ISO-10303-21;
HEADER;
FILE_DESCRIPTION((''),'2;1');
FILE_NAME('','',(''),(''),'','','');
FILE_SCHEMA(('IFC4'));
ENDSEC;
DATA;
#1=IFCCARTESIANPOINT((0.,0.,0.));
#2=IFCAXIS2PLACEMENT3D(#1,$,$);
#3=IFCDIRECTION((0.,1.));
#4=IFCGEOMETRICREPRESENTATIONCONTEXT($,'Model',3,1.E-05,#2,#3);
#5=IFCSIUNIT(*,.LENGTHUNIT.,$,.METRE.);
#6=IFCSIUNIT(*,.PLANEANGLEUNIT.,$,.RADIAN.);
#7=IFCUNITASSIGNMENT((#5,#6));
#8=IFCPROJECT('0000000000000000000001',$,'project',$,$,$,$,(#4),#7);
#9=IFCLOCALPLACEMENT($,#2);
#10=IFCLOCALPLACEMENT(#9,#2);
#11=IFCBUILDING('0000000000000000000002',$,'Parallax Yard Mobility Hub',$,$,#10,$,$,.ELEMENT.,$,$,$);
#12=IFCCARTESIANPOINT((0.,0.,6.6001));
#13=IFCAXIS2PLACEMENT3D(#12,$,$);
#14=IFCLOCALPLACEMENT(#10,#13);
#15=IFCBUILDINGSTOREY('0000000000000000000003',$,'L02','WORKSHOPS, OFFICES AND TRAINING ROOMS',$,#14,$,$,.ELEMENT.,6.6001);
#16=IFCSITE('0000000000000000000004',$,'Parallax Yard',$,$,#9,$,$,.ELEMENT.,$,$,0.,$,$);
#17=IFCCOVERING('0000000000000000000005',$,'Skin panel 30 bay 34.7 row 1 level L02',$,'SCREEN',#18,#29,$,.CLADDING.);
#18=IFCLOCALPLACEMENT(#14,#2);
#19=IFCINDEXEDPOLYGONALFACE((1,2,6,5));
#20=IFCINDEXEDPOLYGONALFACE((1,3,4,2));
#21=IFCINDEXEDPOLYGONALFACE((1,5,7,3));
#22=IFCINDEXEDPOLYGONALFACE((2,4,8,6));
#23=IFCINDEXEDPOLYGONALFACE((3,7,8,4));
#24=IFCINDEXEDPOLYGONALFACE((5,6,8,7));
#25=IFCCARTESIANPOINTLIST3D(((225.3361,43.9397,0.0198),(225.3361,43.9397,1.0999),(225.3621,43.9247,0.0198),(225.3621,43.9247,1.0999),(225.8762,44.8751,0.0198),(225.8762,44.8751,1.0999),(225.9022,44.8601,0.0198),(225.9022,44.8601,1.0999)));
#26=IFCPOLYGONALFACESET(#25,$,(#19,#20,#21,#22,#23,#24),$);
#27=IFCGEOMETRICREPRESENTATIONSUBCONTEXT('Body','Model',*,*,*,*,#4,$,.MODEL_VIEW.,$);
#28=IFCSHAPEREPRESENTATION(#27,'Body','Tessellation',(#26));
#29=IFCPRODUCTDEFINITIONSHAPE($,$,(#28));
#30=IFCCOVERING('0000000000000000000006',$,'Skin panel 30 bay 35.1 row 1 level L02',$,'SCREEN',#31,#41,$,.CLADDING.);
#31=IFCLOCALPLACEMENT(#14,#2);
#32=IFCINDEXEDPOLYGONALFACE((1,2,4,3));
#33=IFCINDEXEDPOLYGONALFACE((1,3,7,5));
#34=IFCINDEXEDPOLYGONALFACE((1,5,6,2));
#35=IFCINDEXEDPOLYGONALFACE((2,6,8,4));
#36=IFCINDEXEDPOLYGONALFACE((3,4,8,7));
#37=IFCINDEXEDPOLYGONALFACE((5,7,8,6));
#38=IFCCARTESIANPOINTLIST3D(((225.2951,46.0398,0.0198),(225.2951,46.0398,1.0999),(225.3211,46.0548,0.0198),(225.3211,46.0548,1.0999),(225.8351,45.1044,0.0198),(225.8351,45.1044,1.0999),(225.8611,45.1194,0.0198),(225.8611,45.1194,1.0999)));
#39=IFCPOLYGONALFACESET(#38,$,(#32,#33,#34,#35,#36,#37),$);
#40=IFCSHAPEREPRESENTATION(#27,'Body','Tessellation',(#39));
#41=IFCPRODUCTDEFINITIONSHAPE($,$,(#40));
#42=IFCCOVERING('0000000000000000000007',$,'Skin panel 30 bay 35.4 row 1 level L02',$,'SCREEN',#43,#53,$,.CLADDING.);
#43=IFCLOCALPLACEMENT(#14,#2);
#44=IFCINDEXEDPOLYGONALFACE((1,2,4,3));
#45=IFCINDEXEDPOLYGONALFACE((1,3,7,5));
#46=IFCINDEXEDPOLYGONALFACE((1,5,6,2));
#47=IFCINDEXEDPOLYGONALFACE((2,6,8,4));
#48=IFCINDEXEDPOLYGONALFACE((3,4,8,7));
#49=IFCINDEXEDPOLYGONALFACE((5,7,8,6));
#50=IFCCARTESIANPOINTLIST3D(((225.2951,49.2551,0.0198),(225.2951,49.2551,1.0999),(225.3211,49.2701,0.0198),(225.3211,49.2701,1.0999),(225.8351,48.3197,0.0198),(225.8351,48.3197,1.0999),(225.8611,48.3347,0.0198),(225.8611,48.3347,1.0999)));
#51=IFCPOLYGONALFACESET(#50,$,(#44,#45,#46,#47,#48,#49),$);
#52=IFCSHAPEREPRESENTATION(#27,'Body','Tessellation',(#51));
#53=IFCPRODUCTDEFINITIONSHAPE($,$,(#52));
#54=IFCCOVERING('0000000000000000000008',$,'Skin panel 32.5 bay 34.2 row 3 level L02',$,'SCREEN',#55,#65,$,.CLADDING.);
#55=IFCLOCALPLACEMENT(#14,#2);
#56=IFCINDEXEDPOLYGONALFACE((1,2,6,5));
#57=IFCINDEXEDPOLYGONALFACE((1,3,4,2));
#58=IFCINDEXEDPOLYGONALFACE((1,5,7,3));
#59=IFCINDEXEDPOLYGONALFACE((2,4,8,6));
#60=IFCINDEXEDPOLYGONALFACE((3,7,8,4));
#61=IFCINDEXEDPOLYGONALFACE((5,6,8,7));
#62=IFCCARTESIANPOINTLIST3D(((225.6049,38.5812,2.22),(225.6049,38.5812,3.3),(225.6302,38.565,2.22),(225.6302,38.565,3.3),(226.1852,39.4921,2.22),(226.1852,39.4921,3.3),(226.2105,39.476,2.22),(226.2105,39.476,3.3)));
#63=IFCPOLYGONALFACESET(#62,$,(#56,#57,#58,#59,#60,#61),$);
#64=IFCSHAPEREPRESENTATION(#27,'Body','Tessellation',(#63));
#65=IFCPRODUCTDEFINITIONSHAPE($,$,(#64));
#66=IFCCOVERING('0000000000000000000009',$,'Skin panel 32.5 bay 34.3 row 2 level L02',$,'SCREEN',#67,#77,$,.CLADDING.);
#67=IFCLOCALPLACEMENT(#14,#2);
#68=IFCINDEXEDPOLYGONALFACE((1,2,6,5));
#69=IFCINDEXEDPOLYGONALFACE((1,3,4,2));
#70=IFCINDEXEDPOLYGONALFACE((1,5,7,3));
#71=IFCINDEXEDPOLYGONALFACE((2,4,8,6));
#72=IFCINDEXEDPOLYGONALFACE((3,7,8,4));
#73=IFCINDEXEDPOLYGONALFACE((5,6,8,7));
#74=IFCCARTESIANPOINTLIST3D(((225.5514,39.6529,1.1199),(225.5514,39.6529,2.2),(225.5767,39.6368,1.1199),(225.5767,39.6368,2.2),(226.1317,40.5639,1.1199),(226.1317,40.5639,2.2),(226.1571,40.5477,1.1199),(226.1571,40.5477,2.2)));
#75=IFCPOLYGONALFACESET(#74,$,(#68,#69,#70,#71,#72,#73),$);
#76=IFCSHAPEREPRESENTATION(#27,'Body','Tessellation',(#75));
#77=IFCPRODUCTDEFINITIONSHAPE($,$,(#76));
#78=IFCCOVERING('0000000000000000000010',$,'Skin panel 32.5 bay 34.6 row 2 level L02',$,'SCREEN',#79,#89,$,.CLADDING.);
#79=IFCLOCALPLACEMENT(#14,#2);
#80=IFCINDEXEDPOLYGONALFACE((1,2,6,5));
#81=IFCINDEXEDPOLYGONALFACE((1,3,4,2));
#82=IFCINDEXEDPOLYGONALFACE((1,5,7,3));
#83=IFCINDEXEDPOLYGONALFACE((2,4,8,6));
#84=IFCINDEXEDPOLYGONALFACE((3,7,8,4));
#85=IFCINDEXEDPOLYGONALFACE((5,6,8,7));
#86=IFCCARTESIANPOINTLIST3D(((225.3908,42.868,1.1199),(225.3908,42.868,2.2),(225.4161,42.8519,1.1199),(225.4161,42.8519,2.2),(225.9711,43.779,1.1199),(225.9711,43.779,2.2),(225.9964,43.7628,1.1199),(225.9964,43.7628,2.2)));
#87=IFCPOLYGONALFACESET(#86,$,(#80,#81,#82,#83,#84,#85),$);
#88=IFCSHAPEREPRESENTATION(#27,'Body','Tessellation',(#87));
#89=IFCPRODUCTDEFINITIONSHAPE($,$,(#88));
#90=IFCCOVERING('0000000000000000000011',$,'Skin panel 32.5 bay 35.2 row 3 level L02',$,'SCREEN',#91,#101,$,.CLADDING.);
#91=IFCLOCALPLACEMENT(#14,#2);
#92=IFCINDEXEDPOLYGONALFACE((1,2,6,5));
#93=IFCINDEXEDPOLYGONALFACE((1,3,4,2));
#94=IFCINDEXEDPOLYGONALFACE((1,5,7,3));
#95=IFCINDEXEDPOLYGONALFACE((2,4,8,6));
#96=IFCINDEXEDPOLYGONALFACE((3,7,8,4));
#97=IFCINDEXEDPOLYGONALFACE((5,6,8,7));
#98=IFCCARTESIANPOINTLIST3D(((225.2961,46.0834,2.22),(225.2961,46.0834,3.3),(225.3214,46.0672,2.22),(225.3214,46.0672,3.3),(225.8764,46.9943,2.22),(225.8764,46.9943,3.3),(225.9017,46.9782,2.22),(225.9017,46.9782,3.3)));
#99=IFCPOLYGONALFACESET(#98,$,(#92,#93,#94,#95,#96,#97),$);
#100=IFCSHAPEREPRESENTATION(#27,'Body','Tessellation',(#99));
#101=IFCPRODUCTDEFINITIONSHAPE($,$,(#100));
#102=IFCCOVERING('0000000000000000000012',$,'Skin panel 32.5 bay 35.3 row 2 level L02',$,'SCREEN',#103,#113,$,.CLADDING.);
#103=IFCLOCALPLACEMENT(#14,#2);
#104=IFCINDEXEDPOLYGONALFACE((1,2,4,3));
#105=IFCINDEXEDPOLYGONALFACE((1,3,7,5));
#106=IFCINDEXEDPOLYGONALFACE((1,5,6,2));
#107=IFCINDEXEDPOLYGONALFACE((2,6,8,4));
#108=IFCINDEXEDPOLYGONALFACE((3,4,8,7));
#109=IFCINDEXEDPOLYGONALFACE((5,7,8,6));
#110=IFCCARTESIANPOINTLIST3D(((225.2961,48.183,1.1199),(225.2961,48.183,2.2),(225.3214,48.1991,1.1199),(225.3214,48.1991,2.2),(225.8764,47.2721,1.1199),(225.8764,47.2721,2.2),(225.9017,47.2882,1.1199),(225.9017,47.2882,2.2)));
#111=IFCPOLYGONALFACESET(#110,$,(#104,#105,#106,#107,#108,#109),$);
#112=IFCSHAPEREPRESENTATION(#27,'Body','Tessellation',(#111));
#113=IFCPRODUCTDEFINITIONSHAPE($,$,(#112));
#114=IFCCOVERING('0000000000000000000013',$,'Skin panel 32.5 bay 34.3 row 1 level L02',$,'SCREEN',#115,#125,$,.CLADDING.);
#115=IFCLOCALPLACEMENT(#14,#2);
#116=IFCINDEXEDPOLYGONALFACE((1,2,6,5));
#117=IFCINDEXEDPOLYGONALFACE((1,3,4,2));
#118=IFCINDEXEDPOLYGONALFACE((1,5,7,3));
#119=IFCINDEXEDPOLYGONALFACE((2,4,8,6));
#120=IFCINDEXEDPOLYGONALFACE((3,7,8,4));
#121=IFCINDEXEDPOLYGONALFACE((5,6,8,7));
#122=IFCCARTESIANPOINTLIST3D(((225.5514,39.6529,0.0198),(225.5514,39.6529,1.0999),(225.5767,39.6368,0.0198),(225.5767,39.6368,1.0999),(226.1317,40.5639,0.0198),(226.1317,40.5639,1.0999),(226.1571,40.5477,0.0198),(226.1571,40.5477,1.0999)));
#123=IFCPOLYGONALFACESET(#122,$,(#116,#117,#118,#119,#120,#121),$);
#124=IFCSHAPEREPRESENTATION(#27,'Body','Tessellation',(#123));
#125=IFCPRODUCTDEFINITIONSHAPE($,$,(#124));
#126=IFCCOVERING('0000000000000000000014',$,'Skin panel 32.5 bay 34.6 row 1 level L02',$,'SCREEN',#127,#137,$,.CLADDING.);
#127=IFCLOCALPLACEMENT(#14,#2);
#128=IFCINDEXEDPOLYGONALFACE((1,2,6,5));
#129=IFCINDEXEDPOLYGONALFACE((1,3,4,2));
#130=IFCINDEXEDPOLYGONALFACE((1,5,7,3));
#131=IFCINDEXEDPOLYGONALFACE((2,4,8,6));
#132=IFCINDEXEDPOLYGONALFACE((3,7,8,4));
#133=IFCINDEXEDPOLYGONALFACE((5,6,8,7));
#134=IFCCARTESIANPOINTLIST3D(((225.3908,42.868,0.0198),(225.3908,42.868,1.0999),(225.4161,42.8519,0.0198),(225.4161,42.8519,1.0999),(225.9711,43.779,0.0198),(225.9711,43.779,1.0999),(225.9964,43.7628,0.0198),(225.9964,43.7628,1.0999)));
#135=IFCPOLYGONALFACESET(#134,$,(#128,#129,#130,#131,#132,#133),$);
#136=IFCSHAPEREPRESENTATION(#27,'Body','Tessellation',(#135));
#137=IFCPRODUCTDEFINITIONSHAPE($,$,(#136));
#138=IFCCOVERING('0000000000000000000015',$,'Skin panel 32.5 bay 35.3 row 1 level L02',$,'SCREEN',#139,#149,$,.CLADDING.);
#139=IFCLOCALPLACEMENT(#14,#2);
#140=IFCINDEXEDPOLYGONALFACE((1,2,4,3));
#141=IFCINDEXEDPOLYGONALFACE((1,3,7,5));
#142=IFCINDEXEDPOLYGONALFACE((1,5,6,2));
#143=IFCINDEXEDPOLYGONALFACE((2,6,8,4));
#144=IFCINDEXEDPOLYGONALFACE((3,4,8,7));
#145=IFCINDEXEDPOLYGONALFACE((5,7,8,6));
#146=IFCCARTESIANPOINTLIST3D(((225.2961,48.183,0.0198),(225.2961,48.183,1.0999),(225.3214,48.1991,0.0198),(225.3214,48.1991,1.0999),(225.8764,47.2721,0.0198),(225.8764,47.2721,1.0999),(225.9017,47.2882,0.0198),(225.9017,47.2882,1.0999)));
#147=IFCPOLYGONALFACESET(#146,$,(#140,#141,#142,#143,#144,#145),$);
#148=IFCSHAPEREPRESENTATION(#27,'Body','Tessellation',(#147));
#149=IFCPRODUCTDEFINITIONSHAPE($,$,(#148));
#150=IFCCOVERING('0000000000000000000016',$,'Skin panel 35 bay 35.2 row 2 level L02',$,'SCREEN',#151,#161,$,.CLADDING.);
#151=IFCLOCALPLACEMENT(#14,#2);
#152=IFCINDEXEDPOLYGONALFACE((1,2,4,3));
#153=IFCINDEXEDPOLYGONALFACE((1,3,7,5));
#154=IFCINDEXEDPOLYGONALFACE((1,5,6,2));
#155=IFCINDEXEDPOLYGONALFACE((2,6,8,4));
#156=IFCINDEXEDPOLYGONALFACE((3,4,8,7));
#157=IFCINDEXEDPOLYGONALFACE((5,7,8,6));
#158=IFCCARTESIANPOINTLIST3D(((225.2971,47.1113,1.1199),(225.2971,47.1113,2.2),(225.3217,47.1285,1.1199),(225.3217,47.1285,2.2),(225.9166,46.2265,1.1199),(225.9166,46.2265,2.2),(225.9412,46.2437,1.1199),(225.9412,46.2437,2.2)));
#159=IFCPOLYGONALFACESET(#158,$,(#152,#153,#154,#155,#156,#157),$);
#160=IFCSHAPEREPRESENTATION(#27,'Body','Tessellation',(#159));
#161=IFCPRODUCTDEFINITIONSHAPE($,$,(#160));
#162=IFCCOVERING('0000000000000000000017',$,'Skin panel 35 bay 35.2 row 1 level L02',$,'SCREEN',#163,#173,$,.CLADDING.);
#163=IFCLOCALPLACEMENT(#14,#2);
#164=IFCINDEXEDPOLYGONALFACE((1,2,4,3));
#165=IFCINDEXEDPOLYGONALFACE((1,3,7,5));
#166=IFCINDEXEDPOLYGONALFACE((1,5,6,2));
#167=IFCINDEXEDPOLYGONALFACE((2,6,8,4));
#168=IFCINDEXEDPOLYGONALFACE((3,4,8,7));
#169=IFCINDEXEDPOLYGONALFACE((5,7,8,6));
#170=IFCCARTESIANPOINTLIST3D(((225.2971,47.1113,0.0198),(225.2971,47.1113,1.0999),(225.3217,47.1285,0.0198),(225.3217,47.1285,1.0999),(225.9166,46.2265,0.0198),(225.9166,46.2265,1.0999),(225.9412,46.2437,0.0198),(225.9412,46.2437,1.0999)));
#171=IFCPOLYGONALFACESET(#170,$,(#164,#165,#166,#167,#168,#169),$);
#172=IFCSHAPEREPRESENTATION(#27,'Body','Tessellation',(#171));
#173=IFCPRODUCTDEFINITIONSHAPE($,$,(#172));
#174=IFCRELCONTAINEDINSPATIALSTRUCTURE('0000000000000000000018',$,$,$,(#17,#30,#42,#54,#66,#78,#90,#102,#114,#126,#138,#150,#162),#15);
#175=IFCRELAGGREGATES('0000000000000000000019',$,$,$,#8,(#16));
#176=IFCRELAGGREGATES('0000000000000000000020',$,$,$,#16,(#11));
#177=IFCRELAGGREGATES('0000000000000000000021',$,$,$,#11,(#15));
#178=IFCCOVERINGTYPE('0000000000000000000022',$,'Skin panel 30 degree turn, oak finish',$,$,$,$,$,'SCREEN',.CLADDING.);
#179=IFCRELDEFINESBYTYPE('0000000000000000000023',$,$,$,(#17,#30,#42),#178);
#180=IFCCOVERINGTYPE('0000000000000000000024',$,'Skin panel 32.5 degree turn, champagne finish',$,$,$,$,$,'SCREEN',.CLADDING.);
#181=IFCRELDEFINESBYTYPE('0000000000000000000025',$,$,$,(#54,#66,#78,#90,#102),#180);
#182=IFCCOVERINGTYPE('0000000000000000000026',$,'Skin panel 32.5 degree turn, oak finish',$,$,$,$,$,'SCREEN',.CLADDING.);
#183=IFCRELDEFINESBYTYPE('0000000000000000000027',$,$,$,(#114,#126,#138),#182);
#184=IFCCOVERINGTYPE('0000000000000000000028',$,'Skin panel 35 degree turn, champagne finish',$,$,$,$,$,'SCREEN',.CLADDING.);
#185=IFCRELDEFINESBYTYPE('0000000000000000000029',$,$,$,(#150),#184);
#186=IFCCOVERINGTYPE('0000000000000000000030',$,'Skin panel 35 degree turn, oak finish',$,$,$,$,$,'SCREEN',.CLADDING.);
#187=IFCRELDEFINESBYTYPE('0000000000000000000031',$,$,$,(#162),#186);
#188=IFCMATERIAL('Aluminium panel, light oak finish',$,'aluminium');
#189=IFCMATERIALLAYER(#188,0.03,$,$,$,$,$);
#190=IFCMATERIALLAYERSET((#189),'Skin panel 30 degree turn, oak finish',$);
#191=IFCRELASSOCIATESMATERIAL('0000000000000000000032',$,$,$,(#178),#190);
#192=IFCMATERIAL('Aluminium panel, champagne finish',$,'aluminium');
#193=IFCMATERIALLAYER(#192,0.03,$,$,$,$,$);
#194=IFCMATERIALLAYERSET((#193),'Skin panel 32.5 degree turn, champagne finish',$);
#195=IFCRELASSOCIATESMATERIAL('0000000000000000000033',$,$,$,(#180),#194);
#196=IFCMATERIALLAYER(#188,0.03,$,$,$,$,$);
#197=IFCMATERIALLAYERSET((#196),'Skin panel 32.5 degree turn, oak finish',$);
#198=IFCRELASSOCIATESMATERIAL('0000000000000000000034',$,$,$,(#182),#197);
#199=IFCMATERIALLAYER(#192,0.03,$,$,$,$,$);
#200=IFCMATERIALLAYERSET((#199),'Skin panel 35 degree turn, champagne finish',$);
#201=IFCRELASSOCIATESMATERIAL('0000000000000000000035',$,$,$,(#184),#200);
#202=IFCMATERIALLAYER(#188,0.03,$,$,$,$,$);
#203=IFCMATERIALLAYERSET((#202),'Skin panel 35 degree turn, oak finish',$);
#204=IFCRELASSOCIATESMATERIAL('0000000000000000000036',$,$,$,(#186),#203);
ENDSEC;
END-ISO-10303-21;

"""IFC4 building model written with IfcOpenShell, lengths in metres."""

from ifc_helpers import new_model, si_unit, direction, frame, origin, origin_2d, place, context, subcontext, project, spatial, rectangle, extrude, material, layer, layer_set, type_object, element, save


model = new_model("IFC4")

# Units and contexts
model_context = context("Model", 3, precision=1e-05, world=origin(), true_north=direction((0.0, 1.0)))
body_context = subcontext(model_context, "Body", "Model", "MODEL_VIEW")
ifc_project = project(units=[si_unit("LENGTHUNIT", "METRE"), si_unit("PLANEANGLEUNIT", "RADIAN")], contexts=[model_context])

# Site, building, storey
site_placement = place(None, origin())
site = spatial("IfcSite", under=ifc_project, at=site_placement, Name="Parallax Yard", CompositionType="ELEMENT", RefElevation=0.0)
building_placement = place(site_placement, origin())
building = spatial("IfcBuilding", under=site, at=building_placement, Name="Parallax Yard Mobility Hub", CompositionType="ELEMENT")
storey_placement = place(building_placement, frame((0.0, 0.0, 6.6001)))
storey = spatial("IfcBuildingStorey", under=building, at=storey_placement, Name="L02", Description="WORKSHOPS, OFFICES AND TRAINING ROOMS", CompositionType="ELEMENT", Elevation=6.6001)

# Coverings
ifc_material_1 = material(Name="Aluminium panel, champagne finish", Category="aluminium")
ifc_material_2 = material(Name="Aluminium panel, light oak finish", Category="aluminium")
ifc_layer_1 = layer(ifc_material_2, 0.03)
ifc_layer_set_1 = layer_set([ifc_layer_1], Name="Skin panel 30 degree turn, oak finish")
covering_type_1 = type_object("IfcCoveringType", Name="Skin panel 30 degree turn, oak finish", ElementType="SCREEN", PredefinedType="CLADDING", material=ifc_layer_set_1)
for number, where, z_axis, x_axis, name in (
    (1, (225.6191, 44.3999, 0.0198), (0.0, 0.0, 1.0), (0.5, 0.866025, 0.0), "Skin panel 30 bay 34.7 row 1 level L02"),
    (2, (225.5781, 45.5796, 0.0198), (0.0, 0.0, 1.0), (0.5, -0.866025, 0.0), "Skin panel 30 bay 35.1 row 1 level L02"),
    (3, (225.5781, 48.7949, 0.0198), (0.0, 0.0, 1.0), (0.5, -0.866025, 0.0), "Skin panel 30 bay 35.4 row 1 level L02"),
):
    element("IfcCovering", number, at=place(storey_placement, frame(where, z_axis=z_axis, x_axis=x_axis)), inside=storey, type_object=covering_type_1, Name=name, ObjectType="SCREEN", PredefinedType="CLADDING", context=body_context, shape_type="SweptSolid", body=[
        extrude(rectangle(XDim=1.0801, YDim=0.03, at=origin_2d()), origin(), (0.0, 0.0, 1.0), 1.0801),
    ])
ifc_layer_2 = layer(ifc_material_1, 0.03)
ifc_layer_set_2 = layer_set([ifc_layer_2], Name="Skin panel 32.5 degree turn, champagne finish")
covering_type_2 = type_object("IfcCoveringType", Name="Skin panel 32.5 degree turn, champagne finish", ElementType="SCREEN", PredefinedType="CLADDING", material=ifc_layer_set_2)
for number, where, z_axis, x_axis, name in (
    (4, (225.9077, 39.0286, 2.22), (0.0, 0.0, 1.0), (0.5373, 0.843391, 0.0), "Skin panel 32.5 bay 34.2 row 3 level L02"),
    (5, (225.8542, 40.1003, 1.1199), (0.0, 0.0, 1.0), (0.5373, 0.843391, 0.0), "Skin panel 32.5 bay 34.3 row 2 level L02"),
    (6, (225.6936, 43.3154, 1.1199), (0.0, 0.0, 1.0), (0.5373, 0.843391, 0.0), "Skin panel 32.5 bay 34.6 row 2 level L02"),
    (7, (225.5989, 46.5308, 2.22), (0.0, 0.0, 1.0), (0.5373, 0.843391, 0.0), "Skin panel 32.5 bay 35.2 row 3 level L02"),
    (8, (225.5989, 47.7356, 1.1199), (0.0, 0.0, 1.0), (0.5373, -0.843391, 0.0), "Skin panel 32.5 bay 35.3 row 2 level L02"),
):
    element("IfcCovering", number, at=place(storey_placement, frame(where, z_axis=z_axis, x_axis=x_axis)), inside=storey, type_object=covering_type_2, Name=name, ObjectType="SCREEN", PredefinedType="CLADDING", context=body_context, shape_type="SweptSolid", body=[
        extrude(rectangle(XDim=1.0801, YDim=0.03, at=origin_2d()), origin(), (0.0, 0.0, 1.0), 1.0801),
    ])
ifc_layer_3 = layer(ifc_material_2, 0.03)
ifc_layer_set_3 = layer_set([ifc_layer_3], Name="Skin panel 32.5 degree turn, oak finish")
covering_type_3 = type_object("IfcCoveringType", Name="Skin panel 32.5 degree turn, oak finish", ElementType="SCREEN", PredefinedType="CLADDING", material=ifc_layer_set_3)
for number, where, z_axis, x_axis, name in (
    (9, (225.8542, 40.1003, 0.0198), (0.0, 0.0, 1.0), (0.5373, 0.843391, 0.0), "Skin panel 32.5 bay 34.3 row 1 level L02"),
    (10, (225.6936, 43.3154, 0.0198), (0.0, 0.0, 1.0), (0.5373, 0.843391, 0.0), "Skin panel 32.5 bay 34.6 row 1 level L02"),
    (11, (225.5989, 47.7356, 0.0198), (0.0, 0.0, 1.0), (0.5373, -0.843391, 0.0), "Skin panel 32.5 bay 35.3 row 1 level L02"),
):
    element("IfcCovering", number, at=place(storey_placement, frame(where, z_axis=z_axis, x_axis=x_axis)), inside=storey, type_object=covering_type_3, Name=name, ObjectType="SCREEN", PredefinedType="CLADDING", context=body_context, shape_type="SweptSolid", body=[
        extrude(rectangle(XDim=1.0801, YDim=0.03, at=origin_2d()), origin(), (0.0, 0.0, 1.0), 1.0801),
    ])
ifc_layer_4 = layer(ifc_material_1, 0.03)
ifc_layer_set_4 = layer_set([ifc_layer_4], Name="Skin panel 35 degree turn, champagne finish")
covering_type_4 = type_object("IfcCoveringType", Name="Skin panel 35 degree turn, champagne finish", ElementType="SCREEN", PredefinedType="CLADDING", material=ifc_layer_set_4)
covering_1_placement = place(storey_placement, frame((225.6191, 46.6775, 1.1199), z_axis=(0.0, 0.0, 1.0), x_axis=(0.573576, -0.819152, 0.0)))
element("IfcCovering", 12, at=covering_1_placement, inside=storey, type_object=covering_type_4, Name="Skin panel 35 bay 35.2 row 2 level L02", ObjectType="SCREEN", PredefinedType="CLADDING", context=body_context, shape_type="SweptSolid", body=[
    extrude(rectangle(XDim=1.0801, YDim=0.03, at=origin_2d()), origin(), (0.0, 0.0, 1.0), 1.0801),
])
ifc_layer_5 = layer(ifc_material_2, 0.03)
ifc_layer_set_5 = layer_set([ifc_layer_5], Name="Skin panel 35 degree turn, oak finish")
covering_type_5 = type_object("IfcCoveringType", Name="Skin panel 35 degree turn, oak finish", ElementType="SCREEN", PredefinedType="CLADDING", material=ifc_layer_set_5)
covering_2_placement = place(storey_placement, frame((225.6191, 46.6775, 0.0198), z_axis=(0.0, 0.0, 1.0), x_axis=(0.573576, -0.819152, 0.0)))
element("IfcCovering", 13, at=covering_2_placement, inside=storey, type_object=covering_type_5, Name="Skin panel 35 bay 35.2 row 1 level L02", ObjectType="SCREEN", PredefinedType="CLADDING", context=body_context, shape_type="SweptSolid", body=[
    extrude(rectangle(XDim=1.0801, YDim=0.03, at=origin_2d()), origin(), (0.0, 0.0, 1.0), 1.0801),
])

save(model, "model.ifc")
